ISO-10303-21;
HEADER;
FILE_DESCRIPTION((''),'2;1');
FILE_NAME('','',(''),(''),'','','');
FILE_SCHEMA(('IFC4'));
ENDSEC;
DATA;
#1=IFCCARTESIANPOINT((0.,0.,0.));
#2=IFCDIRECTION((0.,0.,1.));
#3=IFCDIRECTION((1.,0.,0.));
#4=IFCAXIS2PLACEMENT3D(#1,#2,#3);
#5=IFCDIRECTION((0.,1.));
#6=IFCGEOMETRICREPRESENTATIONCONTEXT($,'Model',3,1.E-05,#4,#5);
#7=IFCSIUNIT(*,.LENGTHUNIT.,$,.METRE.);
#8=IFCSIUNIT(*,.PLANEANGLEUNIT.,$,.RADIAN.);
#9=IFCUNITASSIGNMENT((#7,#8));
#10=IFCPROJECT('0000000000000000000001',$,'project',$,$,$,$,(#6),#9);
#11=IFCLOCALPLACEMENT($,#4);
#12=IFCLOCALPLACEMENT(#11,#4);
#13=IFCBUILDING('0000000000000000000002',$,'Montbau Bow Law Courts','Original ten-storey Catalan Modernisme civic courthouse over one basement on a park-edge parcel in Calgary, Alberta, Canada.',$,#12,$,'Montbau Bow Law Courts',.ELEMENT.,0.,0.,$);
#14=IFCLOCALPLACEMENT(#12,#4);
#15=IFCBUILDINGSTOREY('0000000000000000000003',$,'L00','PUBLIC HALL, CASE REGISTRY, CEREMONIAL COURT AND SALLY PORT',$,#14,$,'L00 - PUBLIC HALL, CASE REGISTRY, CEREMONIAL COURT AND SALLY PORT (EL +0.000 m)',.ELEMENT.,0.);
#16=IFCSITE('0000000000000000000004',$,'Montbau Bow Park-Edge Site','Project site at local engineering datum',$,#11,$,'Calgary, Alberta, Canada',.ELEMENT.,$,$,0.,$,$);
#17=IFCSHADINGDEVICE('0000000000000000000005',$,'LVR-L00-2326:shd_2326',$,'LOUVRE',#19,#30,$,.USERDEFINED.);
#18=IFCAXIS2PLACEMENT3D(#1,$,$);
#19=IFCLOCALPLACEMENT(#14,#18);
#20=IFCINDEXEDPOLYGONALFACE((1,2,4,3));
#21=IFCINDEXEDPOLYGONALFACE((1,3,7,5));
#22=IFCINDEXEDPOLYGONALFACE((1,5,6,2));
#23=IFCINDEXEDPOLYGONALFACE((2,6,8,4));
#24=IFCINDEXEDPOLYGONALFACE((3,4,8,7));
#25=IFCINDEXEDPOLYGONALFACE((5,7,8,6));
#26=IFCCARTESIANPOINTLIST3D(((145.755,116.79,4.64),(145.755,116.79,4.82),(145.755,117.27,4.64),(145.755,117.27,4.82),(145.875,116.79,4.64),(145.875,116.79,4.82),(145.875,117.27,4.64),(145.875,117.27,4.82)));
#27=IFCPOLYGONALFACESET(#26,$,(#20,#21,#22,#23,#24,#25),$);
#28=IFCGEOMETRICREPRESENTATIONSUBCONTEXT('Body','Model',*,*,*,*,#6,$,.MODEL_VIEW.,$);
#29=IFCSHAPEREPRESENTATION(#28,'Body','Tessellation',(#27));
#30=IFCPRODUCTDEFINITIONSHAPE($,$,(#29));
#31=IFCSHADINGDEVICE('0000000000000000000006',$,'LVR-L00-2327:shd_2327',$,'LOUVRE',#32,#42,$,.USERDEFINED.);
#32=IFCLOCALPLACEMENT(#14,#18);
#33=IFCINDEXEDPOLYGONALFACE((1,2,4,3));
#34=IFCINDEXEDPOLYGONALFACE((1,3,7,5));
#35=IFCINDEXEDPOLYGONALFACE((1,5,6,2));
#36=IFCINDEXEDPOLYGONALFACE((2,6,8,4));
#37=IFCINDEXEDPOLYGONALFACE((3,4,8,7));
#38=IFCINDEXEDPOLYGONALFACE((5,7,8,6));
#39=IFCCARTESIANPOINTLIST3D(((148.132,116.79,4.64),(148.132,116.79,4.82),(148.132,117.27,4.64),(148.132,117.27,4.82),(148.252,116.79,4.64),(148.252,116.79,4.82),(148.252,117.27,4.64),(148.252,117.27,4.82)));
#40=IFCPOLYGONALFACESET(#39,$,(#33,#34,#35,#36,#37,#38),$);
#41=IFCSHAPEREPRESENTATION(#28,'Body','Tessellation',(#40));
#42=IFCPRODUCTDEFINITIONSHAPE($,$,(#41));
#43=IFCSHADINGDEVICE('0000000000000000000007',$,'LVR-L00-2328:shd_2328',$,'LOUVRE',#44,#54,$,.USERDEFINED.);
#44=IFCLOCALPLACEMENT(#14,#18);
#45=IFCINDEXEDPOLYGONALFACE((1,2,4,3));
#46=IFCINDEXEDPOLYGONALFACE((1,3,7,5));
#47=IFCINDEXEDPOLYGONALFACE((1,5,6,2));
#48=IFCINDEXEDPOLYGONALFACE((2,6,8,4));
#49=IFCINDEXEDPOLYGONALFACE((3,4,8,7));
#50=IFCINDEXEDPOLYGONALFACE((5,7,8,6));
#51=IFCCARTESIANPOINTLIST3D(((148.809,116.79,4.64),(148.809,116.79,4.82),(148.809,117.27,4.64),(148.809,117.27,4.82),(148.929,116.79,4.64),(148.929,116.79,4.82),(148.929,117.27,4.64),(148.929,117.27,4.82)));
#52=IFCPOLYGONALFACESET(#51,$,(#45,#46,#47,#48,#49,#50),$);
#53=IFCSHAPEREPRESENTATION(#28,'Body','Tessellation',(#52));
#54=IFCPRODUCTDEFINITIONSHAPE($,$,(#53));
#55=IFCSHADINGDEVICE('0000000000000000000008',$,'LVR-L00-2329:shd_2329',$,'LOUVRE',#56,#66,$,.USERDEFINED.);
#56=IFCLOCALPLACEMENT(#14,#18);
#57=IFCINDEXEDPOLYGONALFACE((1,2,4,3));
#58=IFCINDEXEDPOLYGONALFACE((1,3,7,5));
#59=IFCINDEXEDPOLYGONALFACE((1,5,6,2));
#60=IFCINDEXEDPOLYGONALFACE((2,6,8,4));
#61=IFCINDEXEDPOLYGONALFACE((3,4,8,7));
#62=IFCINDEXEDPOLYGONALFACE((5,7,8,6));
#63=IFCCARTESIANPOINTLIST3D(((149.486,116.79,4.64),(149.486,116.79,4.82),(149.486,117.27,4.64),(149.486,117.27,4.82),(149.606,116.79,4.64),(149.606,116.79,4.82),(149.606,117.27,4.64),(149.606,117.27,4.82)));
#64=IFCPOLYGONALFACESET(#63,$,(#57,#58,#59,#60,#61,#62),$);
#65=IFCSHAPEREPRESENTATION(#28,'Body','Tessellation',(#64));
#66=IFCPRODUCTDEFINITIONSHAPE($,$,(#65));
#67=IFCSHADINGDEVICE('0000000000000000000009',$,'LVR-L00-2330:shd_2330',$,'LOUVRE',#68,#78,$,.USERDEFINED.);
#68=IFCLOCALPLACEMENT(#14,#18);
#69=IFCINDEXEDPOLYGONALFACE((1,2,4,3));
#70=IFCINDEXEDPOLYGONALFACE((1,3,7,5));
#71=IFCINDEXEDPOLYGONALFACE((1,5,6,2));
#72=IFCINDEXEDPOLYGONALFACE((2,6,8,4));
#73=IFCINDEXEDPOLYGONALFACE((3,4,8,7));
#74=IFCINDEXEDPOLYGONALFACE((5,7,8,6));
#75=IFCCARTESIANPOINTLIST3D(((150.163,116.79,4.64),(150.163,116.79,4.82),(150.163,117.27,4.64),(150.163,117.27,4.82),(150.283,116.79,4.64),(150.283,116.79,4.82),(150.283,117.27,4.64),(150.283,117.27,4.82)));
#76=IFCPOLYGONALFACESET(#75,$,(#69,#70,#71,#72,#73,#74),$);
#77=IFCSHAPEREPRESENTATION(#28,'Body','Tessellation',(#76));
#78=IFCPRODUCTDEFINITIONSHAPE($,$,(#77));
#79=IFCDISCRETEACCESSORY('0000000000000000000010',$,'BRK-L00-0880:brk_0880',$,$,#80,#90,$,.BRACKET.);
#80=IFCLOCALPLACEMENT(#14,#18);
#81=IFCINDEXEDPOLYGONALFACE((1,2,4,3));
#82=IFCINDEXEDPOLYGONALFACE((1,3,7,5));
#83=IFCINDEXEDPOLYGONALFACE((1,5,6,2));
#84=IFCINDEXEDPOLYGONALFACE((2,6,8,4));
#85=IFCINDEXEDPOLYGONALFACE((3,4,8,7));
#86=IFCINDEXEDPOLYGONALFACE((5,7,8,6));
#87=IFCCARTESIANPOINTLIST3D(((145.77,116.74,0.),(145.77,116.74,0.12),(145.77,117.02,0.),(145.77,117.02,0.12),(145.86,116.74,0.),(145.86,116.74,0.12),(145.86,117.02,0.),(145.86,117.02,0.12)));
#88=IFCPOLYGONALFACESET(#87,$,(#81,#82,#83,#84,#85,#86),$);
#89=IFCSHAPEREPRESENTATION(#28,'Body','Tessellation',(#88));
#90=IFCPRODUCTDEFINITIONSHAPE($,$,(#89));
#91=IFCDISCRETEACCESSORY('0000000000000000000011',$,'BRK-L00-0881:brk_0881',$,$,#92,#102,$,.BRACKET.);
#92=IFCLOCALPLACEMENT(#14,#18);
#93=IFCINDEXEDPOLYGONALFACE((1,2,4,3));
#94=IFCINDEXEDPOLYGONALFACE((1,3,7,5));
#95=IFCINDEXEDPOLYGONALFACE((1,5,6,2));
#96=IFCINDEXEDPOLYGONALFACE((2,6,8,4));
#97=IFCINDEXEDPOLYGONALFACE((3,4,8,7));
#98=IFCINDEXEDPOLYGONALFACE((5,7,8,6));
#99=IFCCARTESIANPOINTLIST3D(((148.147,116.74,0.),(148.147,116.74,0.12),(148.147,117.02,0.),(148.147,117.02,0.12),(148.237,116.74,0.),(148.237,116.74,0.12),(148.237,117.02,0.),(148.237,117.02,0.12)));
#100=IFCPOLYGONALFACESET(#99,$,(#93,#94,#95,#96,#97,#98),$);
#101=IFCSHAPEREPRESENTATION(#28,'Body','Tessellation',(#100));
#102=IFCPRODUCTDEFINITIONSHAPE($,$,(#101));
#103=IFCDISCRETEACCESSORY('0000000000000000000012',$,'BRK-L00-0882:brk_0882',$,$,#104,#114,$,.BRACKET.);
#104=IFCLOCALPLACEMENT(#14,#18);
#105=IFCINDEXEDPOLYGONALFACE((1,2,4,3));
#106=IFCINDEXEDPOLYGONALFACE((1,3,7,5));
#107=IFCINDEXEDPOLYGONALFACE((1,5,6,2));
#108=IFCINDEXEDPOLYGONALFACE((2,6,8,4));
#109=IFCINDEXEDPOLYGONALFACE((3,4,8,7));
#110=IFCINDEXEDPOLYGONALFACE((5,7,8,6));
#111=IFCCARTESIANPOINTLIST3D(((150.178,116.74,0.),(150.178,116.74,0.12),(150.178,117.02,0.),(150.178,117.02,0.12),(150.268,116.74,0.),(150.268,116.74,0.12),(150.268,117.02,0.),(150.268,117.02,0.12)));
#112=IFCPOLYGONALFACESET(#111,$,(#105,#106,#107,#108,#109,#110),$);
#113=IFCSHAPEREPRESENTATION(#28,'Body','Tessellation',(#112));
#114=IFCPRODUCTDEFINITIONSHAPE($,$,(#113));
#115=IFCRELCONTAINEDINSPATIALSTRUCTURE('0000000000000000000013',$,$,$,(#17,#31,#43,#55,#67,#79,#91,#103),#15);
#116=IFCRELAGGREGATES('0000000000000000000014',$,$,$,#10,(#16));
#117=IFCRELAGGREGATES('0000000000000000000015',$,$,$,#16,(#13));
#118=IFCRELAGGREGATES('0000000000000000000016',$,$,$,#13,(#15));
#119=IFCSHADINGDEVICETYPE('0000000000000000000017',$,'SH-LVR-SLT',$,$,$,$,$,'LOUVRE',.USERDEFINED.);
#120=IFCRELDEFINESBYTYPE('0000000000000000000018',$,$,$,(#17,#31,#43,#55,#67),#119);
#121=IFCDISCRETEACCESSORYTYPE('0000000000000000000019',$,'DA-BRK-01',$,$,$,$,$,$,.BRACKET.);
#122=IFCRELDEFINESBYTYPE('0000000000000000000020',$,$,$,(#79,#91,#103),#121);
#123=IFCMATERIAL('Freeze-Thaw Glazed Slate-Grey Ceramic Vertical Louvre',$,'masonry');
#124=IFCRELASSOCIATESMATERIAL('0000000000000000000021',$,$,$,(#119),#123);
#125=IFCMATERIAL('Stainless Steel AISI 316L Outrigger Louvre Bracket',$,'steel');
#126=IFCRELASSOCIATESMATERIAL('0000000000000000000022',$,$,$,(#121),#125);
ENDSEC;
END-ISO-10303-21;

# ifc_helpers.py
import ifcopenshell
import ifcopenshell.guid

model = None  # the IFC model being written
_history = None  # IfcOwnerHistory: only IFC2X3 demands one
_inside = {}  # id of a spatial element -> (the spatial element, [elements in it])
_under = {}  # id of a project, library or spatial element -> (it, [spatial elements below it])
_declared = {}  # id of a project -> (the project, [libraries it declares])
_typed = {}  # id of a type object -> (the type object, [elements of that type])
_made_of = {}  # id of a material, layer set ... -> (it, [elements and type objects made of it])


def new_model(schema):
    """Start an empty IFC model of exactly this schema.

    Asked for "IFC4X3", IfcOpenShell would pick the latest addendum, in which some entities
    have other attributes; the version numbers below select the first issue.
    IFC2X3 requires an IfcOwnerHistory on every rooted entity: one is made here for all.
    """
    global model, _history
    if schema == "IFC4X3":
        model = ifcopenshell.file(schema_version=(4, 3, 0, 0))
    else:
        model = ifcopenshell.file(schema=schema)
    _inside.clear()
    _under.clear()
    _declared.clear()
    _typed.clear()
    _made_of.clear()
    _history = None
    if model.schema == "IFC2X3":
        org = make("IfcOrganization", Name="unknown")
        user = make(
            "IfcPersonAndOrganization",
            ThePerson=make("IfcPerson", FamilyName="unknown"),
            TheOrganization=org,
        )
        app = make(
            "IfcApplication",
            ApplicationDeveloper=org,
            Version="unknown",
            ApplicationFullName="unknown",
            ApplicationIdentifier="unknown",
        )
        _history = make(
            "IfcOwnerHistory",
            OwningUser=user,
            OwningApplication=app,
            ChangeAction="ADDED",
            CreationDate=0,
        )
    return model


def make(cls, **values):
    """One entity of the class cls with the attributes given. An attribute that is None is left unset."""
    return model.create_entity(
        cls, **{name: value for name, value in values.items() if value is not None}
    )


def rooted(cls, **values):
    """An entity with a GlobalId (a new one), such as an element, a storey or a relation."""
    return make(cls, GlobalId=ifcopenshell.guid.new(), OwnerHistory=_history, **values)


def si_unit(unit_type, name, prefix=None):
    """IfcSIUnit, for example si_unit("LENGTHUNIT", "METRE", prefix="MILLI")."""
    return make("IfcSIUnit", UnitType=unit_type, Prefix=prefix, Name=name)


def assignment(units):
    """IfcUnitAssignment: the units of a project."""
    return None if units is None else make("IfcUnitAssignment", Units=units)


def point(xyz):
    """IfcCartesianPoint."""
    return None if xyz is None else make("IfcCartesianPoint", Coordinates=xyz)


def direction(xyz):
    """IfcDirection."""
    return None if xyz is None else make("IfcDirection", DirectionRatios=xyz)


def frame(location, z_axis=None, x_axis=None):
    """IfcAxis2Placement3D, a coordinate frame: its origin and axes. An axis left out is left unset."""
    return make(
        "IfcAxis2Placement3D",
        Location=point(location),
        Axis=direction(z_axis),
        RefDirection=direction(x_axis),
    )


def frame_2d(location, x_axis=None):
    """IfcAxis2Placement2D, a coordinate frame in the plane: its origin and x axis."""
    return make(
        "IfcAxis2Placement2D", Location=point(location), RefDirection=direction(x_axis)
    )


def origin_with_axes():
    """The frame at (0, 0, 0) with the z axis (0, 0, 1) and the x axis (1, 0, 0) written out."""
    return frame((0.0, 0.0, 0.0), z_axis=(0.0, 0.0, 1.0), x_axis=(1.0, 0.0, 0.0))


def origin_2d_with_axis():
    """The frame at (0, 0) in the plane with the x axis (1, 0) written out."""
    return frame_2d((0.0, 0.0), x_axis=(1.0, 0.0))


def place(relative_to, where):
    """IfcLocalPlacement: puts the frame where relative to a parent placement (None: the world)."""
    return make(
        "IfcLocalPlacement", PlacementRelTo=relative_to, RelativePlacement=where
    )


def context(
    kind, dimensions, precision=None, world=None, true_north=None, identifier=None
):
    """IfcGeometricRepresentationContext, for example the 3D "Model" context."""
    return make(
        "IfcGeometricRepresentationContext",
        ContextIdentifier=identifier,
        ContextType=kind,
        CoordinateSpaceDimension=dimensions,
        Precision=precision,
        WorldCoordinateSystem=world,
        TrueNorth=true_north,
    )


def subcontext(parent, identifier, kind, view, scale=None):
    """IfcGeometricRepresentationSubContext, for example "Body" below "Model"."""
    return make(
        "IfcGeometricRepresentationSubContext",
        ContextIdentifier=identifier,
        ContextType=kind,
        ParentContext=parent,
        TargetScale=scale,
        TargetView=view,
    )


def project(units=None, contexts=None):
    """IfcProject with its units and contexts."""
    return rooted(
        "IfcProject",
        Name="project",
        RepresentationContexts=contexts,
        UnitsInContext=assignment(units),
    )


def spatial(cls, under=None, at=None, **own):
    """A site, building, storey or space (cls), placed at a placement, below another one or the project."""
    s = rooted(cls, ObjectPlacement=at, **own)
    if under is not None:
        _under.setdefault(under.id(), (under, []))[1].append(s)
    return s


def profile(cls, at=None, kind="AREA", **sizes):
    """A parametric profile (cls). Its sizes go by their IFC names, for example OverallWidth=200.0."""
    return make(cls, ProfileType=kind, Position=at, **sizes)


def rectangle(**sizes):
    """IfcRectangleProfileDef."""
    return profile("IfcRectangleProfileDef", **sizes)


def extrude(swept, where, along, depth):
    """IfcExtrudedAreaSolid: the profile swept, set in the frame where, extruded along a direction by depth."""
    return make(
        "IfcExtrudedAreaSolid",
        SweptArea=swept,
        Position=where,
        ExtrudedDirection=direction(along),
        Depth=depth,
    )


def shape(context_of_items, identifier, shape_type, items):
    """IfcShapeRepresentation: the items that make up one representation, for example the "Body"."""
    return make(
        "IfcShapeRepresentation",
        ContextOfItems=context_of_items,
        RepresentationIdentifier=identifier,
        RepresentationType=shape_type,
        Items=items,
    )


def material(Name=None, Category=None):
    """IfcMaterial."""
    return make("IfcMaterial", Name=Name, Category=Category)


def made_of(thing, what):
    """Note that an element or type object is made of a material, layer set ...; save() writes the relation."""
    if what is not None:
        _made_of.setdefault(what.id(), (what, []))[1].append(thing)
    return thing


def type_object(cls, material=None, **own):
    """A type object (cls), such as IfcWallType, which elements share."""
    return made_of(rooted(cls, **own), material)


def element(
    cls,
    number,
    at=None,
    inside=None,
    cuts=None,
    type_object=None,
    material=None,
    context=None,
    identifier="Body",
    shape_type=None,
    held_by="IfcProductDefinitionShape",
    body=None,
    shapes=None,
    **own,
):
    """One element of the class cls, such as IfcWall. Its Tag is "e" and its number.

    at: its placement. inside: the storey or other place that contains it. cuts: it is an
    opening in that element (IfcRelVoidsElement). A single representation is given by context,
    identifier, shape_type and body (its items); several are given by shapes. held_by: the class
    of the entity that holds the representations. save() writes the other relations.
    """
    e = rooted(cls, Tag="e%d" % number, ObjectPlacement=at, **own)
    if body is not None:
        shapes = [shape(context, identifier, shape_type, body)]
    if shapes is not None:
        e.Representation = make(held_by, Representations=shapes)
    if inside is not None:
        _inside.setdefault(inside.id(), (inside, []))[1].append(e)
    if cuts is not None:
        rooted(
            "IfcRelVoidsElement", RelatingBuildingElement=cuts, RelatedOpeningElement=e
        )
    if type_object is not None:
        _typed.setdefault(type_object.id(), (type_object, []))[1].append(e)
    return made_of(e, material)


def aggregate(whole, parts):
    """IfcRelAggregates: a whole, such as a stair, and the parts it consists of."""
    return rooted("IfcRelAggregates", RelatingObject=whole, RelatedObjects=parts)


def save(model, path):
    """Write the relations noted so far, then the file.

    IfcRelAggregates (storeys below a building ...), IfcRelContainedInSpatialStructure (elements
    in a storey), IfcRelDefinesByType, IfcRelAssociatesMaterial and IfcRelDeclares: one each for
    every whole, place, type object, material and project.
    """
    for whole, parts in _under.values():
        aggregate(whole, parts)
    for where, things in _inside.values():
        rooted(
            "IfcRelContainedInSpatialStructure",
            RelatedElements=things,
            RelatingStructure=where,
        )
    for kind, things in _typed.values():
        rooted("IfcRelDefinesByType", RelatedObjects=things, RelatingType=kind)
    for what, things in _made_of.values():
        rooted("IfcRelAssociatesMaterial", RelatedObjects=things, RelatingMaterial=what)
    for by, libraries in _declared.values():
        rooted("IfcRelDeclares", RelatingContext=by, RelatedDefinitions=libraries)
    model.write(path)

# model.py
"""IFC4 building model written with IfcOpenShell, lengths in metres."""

from ifc_helpers import new_model, si_unit, direction, frame, origin_with_axes, origin_2d_with_axis, place, context, subcontext, project, spatial, rectangle, extrude, material, type_object, element, save


model = new_model("IFC4")

# Units and contexts
model_context = context("Model", 3, precision=1e-05, world=origin_with_axes(), true_north=direction((0.0, 1.0)))
body_context = subcontext(model_context, "Body", "Model", "MODEL_VIEW")
ifc_project = project(units=[si_unit("LENGTHUNIT", "METRE"), si_unit("PLANEANGLEUNIT", "RADIAN")], contexts=[model_context])

# Site, building, storey
site_placement = place(None, origin_with_axes())
site = spatial("IfcSite", under=ifc_project, at=site_placement, Name="Montbau Bow Park-Edge Site", Description="Project site at local engineering datum", LongName="Calgary, Alberta, Canada", CompositionType="ELEMENT", RefElevation=0.0)
building_placement = place(site_placement, origin_with_axes())
building = spatial("IfcBuilding", under=site, at=building_placement, Name="Montbau Bow Law Courts", Description="Original ten-storey Catalan Modernisme civic courthouse over one basement on a park-edge parcel in Calgary, Alberta, Canada.", LongName="Montbau Bow Law Courts", CompositionType="ELEMENT", ElevationOfRefHeight=0.0, ElevationOfTerrain=0.0)
storey_placement = place(building_placement, origin_with_axes())
storey = spatial("IfcBuildingStorey", under=building, at=storey_placement, Name="L00", Description="PUBLIC HALL, CASE REGISTRY, CEREMONIAL COURT AND SALLY PORT", LongName="L00 - PUBLIC HALL, CASE REGISTRY, CEREMONIAL COURT AND SALLY PORT (EL +0.000 m)", CompositionType="ELEMENT", Elevation=0.0)

# Shared definitions
ifc_material_1 = material(Name="Freeze-Thaw Glazed Slate-Grey Ceramic Vertical Louvre", Category="masonry")

# Shading devices
shading_device_type = type_object("IfcShadingDeviceType", Name="SH-LVR-SLT", ElementType="LOUVRE", PredefinedType="USERDEFINED", material=ifc_material_1)
for number, where, z_axis, x_axis, name in (
    (1, (145.815, 117.03, 4.64), (0.0, 0.0, 1.0), (0.0, 1.0, 0.0), "LVR-L00-2326:shd_2326"),
    (2, (148.192, 117.03, 4.64), (0.0, 0.0, 1.0), (0.0, 1.0, 0.0), "LVR-L00-2327:shd_2327"),
    (3, (148.869, 117.03, 4.64), (0.0, 0.0, 1.0), (0.0, 1.0, 0.0), "LVR-L00-2328:shd_2328"),
    (4, (149.546, 117.03, 4.64), (0.0, 0.0, 1.0), (0.0, 1.0, 0.0), "LVR-L00-2329:shd_2329"),
    (5, (150.223, 117.03, 4.64), (0.0, 0.0, 1.0), (0.0, 1.0, 0.0), "LVR-L00-2330:shd_2330"),
):
    element("IfcShadingDevice", number, at=place(None, frame(where, z_axis=z_axis, x_axis=x_axis)), inside=storey, type_object=shading_device_type, Name=name, ObjectType="LOUVRE", PredefinedType="USERDEFINED", context=body_context, shape_type="SweptSolid", body=[
        extrude(rectangle(XDim=0.48, YDim=0.12, at=origin_2d_with_axis()), origin_with_axes(), (0.0, 0.0, 1.0), 0.18),
    ])

# Discrete accessories
ifc_material_2 = material(Name="Stainless Steel AISI 316L Outrigger Louvre Bracket", Category="steel")
discrete_accessory_type = type_object("IfcDiscreteAccessoryType", Name="DA-BRK-01", PredefinedType="BRACKET", material=ifc_material_2)
for number, where, z_axis, x_axis, name in (
    (6, (145.815, 116.88, 0.0), (0.0, 0.0, 1.0), (0.0, 1.0, 0.0), "BRK-L00-0880:brk_0880"),
    (7, (148.192, 116.88, 0.0), (0.0, 0.0, 1.0), (0.0, 1.0, 0.0), "BRK-L00-0881:brk_0881"),
    (8, (150.223, 116.88, 0.0), (0.0, 0.0, 1.0), (0.0, 1.0, 0.0), "BRK-L00-0882:brk_0882"),
):
    element("IfcDiscreteAccessory", number, at=place(None, frame(where, z_axis=z_axis, x_axis=x_axis)), inside=storey, type_object=discrete_accessory_type, Name=name, PredefinedType="BRACKET", context=body_context, shape_type="SweptSolid", body=[
        extrude(rectangle(XDim=0.28, YDim=0.09, at=origin_2d_with_axis()), origin_with_axes(), (0.0, 0.0, 1.0), 0.12),
    ])

save(model, "model.ifc")
